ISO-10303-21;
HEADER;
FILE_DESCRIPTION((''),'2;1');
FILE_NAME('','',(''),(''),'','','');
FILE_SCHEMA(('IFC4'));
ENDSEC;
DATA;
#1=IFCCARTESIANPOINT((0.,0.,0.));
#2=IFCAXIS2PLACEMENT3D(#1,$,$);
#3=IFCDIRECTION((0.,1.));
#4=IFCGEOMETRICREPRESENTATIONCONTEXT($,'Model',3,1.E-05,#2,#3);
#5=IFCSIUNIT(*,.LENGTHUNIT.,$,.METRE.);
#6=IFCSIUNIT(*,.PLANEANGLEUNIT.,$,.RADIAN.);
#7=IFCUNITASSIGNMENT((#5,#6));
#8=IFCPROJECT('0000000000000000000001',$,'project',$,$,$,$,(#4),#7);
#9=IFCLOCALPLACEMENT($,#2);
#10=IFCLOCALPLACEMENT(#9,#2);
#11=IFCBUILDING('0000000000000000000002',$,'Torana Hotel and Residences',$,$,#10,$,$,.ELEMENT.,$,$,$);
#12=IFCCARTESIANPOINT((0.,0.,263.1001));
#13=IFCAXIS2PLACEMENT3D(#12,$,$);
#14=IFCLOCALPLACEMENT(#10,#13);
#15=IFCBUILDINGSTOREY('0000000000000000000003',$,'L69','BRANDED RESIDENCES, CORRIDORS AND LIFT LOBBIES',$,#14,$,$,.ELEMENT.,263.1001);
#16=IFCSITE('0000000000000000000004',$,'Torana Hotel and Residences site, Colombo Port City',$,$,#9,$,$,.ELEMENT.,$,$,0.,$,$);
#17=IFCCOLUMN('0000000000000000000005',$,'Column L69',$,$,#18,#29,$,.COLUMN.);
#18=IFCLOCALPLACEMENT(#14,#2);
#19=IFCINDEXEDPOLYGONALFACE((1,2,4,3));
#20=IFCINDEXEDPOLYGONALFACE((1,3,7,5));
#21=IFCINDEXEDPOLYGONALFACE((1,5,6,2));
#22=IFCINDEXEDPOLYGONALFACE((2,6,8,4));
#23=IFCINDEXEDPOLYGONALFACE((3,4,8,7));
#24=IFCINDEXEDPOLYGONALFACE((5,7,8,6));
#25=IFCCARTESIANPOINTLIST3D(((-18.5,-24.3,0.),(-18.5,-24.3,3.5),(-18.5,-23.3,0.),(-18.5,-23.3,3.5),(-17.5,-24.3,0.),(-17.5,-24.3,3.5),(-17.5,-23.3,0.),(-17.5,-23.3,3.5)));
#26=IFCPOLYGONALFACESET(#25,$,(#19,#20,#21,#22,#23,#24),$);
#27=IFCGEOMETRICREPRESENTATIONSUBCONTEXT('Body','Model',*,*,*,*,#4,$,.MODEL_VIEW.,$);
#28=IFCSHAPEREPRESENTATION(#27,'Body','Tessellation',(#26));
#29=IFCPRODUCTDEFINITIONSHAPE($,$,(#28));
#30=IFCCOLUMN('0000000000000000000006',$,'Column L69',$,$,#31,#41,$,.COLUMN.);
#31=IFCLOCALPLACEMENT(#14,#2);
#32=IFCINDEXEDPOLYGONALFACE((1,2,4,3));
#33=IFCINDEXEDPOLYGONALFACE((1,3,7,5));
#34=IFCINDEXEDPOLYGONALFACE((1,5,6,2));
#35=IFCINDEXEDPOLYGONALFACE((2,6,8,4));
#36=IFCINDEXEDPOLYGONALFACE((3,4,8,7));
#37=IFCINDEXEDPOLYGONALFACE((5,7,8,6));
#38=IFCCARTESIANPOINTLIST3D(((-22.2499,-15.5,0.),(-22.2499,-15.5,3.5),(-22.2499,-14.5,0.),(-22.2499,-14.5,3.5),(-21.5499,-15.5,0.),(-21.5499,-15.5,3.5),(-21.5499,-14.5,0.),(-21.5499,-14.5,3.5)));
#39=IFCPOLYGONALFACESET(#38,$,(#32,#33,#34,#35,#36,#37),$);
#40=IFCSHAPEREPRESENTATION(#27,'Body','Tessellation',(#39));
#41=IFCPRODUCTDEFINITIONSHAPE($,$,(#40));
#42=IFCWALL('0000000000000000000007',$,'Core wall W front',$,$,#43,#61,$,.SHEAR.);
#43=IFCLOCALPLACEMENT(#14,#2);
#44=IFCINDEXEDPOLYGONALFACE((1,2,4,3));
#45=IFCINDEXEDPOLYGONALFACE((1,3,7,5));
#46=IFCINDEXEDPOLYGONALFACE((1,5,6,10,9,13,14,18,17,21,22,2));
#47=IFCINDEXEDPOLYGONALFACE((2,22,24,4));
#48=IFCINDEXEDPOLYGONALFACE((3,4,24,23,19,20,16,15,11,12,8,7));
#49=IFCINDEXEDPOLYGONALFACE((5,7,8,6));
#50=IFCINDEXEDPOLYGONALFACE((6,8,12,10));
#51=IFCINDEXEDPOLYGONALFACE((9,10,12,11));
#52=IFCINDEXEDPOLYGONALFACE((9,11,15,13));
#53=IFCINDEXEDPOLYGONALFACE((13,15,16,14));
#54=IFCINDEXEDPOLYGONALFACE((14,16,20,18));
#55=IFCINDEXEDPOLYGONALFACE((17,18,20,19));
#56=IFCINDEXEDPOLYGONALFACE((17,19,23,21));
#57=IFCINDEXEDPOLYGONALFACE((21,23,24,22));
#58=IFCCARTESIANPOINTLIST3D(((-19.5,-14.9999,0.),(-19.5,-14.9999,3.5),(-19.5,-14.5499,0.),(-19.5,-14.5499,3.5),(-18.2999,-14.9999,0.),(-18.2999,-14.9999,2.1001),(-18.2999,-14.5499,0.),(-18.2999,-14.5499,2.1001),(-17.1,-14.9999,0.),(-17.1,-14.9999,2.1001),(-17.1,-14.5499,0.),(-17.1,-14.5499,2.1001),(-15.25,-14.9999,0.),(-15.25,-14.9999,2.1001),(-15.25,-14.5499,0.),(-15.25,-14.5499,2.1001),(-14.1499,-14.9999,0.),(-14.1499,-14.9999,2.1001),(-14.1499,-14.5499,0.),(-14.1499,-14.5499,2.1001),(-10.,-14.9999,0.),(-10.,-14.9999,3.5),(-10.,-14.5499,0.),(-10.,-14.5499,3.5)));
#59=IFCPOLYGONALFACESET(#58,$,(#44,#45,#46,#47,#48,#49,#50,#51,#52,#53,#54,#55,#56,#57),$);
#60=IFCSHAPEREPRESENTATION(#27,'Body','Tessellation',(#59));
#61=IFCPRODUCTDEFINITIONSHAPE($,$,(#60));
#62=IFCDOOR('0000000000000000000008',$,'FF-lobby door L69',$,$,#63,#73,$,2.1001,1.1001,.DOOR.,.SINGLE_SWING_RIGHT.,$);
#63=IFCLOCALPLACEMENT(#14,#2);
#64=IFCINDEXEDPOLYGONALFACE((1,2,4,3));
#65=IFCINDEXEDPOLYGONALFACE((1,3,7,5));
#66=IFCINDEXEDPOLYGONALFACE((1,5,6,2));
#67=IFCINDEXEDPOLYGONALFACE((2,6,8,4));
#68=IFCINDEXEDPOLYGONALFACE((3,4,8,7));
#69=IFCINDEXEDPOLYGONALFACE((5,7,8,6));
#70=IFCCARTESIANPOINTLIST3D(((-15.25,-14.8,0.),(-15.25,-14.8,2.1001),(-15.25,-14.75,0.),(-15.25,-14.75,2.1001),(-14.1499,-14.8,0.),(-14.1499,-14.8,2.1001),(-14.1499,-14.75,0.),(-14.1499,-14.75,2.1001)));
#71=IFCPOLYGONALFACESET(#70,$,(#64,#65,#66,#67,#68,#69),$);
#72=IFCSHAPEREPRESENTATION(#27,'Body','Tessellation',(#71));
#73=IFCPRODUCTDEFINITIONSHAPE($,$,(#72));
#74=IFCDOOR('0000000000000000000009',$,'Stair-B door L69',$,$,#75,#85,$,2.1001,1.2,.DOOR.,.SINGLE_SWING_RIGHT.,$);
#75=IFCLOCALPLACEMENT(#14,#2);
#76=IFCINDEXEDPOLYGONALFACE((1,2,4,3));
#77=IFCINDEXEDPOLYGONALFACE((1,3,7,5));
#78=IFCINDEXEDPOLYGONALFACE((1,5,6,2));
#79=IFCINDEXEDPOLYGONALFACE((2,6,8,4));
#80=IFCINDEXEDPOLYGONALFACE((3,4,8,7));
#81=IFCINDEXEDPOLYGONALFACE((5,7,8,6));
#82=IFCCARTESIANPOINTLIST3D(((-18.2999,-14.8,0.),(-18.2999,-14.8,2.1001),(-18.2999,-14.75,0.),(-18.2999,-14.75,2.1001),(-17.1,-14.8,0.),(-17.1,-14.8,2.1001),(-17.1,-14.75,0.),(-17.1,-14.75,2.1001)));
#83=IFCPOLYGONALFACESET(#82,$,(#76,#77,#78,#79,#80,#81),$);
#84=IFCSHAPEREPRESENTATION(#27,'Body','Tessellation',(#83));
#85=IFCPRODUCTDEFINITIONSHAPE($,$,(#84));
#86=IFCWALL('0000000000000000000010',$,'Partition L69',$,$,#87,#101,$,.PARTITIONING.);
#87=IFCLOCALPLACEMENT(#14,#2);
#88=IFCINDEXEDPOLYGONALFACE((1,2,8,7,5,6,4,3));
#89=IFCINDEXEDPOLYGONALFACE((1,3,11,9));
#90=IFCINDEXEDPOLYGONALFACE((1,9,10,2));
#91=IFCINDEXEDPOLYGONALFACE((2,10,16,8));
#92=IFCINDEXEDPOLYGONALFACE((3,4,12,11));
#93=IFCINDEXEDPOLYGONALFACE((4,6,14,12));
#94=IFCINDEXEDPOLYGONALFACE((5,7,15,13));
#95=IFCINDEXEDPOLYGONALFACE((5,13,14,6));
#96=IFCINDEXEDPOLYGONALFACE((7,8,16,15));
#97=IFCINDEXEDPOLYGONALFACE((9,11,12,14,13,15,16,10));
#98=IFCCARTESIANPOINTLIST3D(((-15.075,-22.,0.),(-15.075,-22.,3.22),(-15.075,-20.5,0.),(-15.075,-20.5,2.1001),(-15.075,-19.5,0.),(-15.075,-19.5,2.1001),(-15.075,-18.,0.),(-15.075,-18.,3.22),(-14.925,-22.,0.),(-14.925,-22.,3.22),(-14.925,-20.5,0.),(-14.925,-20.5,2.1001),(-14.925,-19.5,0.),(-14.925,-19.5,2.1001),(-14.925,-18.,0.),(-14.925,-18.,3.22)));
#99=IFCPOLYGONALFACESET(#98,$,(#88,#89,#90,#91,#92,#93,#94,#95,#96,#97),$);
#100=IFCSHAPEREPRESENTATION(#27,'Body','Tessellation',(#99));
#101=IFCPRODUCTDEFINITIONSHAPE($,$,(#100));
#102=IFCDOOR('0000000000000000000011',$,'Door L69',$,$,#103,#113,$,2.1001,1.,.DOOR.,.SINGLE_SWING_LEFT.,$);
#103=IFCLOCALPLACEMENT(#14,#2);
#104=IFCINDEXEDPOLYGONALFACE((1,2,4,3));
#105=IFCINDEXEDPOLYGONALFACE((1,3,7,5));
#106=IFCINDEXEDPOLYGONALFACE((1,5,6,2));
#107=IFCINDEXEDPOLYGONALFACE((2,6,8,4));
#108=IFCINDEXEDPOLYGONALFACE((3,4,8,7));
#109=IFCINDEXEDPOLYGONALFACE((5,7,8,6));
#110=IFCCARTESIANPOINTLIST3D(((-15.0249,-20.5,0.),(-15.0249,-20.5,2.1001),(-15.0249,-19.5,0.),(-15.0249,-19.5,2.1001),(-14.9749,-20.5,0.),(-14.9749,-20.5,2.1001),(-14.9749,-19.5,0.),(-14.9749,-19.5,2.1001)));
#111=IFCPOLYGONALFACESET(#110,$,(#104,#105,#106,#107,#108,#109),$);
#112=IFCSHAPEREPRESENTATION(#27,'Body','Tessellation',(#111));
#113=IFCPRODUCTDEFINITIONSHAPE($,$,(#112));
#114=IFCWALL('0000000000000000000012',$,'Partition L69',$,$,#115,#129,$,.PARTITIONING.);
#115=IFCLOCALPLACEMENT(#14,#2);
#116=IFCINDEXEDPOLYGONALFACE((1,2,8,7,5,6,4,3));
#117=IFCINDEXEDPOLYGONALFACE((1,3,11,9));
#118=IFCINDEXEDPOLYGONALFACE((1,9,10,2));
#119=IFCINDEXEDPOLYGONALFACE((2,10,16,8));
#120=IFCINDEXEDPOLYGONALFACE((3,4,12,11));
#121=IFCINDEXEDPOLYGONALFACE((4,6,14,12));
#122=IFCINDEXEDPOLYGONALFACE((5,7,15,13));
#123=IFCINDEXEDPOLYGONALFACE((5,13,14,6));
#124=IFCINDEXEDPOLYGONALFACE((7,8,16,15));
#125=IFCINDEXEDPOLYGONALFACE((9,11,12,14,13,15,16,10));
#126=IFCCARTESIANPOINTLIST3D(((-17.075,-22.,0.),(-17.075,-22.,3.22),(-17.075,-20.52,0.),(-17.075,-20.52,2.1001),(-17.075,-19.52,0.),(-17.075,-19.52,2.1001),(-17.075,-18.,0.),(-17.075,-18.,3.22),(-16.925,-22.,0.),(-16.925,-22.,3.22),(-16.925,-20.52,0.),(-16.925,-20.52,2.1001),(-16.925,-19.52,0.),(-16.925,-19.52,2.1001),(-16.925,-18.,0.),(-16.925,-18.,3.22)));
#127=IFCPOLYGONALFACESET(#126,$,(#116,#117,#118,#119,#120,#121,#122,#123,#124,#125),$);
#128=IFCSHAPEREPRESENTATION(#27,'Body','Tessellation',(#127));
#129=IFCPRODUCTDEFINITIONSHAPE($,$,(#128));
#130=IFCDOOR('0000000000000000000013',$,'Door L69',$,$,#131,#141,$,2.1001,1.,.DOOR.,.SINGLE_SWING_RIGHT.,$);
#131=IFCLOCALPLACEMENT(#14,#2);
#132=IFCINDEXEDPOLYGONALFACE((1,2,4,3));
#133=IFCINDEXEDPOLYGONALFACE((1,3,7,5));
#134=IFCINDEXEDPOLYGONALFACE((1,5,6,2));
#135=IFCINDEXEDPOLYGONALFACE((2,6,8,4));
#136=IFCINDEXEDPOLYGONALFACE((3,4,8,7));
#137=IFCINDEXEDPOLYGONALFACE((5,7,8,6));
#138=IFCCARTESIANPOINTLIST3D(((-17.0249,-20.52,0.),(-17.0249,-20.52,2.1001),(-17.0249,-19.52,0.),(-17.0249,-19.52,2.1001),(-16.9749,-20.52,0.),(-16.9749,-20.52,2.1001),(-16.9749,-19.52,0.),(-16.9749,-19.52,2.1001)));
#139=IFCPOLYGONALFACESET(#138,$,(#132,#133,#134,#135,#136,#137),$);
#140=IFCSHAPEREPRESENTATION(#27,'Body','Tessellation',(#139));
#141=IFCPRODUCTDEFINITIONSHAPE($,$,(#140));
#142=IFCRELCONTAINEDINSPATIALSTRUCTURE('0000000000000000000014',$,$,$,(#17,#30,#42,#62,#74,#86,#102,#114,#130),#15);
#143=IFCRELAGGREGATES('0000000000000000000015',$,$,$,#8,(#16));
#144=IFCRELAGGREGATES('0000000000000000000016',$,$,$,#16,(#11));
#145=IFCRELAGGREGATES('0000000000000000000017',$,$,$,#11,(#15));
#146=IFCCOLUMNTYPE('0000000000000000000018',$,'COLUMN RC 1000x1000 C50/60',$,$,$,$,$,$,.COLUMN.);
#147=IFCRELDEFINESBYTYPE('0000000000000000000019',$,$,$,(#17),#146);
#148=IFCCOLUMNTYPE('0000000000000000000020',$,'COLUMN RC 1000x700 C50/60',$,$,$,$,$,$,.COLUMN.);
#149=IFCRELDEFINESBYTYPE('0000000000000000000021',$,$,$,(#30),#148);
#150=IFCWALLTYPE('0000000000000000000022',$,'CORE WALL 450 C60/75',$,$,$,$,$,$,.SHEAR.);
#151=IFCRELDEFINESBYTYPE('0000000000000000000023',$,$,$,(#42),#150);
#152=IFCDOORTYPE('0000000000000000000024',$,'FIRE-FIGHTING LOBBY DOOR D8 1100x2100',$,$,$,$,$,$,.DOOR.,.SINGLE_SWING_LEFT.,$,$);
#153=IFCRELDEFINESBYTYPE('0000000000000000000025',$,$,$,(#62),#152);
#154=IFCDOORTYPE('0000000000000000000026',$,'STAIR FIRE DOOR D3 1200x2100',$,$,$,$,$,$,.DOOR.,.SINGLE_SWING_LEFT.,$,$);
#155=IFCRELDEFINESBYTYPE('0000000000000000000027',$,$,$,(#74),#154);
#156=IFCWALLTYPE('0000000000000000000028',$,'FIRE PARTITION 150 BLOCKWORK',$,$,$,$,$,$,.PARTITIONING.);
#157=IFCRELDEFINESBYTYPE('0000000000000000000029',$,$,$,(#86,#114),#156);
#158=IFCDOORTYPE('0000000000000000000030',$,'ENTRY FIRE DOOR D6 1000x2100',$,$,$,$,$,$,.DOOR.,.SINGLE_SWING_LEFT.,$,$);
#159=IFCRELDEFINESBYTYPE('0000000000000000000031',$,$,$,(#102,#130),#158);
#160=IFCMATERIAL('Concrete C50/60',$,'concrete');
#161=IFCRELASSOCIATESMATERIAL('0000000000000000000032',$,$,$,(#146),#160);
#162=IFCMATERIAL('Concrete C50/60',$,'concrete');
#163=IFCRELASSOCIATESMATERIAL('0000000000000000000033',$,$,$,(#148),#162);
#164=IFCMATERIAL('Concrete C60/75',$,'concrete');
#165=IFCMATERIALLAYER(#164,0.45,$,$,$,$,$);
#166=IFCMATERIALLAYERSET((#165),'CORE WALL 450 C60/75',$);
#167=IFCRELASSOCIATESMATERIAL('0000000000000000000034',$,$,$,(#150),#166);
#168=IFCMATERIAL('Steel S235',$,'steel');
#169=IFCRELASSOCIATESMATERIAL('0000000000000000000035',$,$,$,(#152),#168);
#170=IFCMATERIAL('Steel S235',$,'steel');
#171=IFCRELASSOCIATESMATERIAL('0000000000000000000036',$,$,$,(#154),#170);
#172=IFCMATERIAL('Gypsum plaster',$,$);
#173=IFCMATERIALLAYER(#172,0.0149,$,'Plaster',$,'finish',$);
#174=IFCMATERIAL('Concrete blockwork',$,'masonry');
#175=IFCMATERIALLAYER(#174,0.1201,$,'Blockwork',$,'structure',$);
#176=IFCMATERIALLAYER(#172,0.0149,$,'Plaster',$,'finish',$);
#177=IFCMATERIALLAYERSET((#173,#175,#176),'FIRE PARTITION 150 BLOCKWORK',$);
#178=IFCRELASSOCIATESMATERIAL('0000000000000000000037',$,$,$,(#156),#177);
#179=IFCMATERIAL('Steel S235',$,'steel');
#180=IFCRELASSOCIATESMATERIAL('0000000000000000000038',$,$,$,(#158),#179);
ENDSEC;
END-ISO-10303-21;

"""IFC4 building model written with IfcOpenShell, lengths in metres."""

from ifc_helpers import new_model, si_unit, direction, frame, frame_2d, origin, origin_2d, place, context, subcontext, project, spatial, rectangle, extrude, material, layer, layer_set, material_profile, profile_set, type_object, element, fill, save


model = new_model("IFC4")

# Units and contexts
model_context = context("Model", 3, precision=1e-05, world=origin(), true_north=direction((0.0, 1.0)))
body_context = subcontext(model_context, "Body", "Model", "MODEL_VIEW")
ifc_project = project(units=[si_unit("LENGTHUNIT", "METRE"), si_unit("PLANEANGLEUNIT", "RADIAN")], contexts=[model_context])

# Site, building, storey
site_placement = place(None, origin())
site = spatial("IfcSite", under=ifc_project, at=site_placement, Name="Torana Hotel and Residences site, Colombo Port City", CompositionType="ELEMENT", RefElevation=0.0)
building_placement = place(site_placement, origin())
building = spatial("IfcBuilding", under=site, at=building_placement, Name="Torana Hotel and Residences", CompositionType="ELEMENT")
storey_placement = place(building_placement, frame((0.0, 0.0, 263.1001)))
storey = spatial("IfcBuildingStorey", under=building, at=storey_placement, Name="L69", Description="BRANDED RESIDENCES, CORRIDORS AND LIFT LOBBIES", CompositionType="ELEMENT", Elevation=263.1001)

# Columns
ifc_material_1 = material(Name="Concrete C50/60", Category="concrete")
ifc_material_profile_1 = material_profile(ifc_material_1, rectangle(XDim=1.0, YDim=1.0, at=origin_2d()), Name="RC 1000x1000")
ifc_profile_set_1 = profile_set([ifc_material_profile_1], Name="Concrete C50/60")
column_type_1 = type_object("IfcColumnType", Name="COLUMN RC 1000x1000 C50/60", PredefinedType="COLUMN", material=ifc_profile_set_1)
column_1_placement = place(storey_placement, frame((-18.0, -23.8, 0.0), z_axis=(0.0, 0.0, 1.0), x_axis=(1.0, 0.0, 0.0)))
element("IfcColumn", 1, at=column_1_placement, inside=storey, type_object=column_type_1, Name="Column L69", PredefinedType="COLUMN", context=body_context, shape_type="SweptSolid", body=[
    extrude(rectangle(XDim=1.0, YDim=1.0, at=origin_2d()), origin(), (0.0, 0.0, 1.0), 3.5),
])
ifc_material_2 = material(Name="Concrete C50/60", Category="concrete")
ifc_material_profile_2 = material_profile(ifc_material_2, rectangle(XDim=1.0, YDim=0.7, at=origin_2d()), Name="RC 1000x700")
ifc_profile_set_2 = profile_set([ifc_material_profile_2], Name="Concrete C50/60")
column_type_2 = type_object("IfcColumnType", Name="COLUMN RC 1000x700 C50/60", PredefinedType="COLUMN", material=ifc_profile_set_2)
column_2_placement = place(storey_placement, frame((-21.8999, -15.0, 0.0), z_axis=(0.0, 0.0, 1.0), x_axis=(0.0, 1.0, 0.0)))
element("IfcColumn", 2, at=column_2_placement, inside=storey, type_object=column_type_2, Name="Column L69", PredefinedType="COLUMN", context=body_context, shape_type="SweptSolid", body=[
    extrude(rectangle(XDim=1.0, YDim=0.7, at=origin_2d()), origin(), (0.0, 0.0, 1.0), 3.5),
])

# Wall, openings, doors
ifc_material_3 = material(Name="Concrete C60/75", Category="concrete")
ifc_layer_1 = layer(ifc_material_3, 0.45)
ifc_layer_set_1 = layer_set([ifc_layer_1], Name="CORE WALL 450 C60/75")
wall_type_1 = type_object("IfcWallType", Name="CORE WALL 450 C60/75", PredefinedType="SHEAR", material=ifc_layer_set_1)
wall_1_placement = place(storey_placement, frame((-19.5, -14.7749, 0.0), z_axis=(0.0, 0.0, 1.0), x_axis=(1.0, 0.0, 0.0)))
wall_1 = element("IfcWall", 3, at=wall_1_placement, inside=storey, type_object=wall_type_1, Name="Core wall W front", PredefinedType="SHEAR", context=body_context, shape_type="SweptSolid", body=[
    extrude(rectangle(XDim=9.5, YDim=0.45, at=frame_2d((4.75, 0.0))), origin(), (0.0, 0.0, 1.0), 3.5),
])
opening_1_placement = place(wall_1_placement, frame((1.2, 0.0, 0.0)))
opening_1 = element("IfcOpeningElement", 4, at=opening_1_placement, cuts=wall_1, PredefinedType="OPENING", context=body_context, shape_type="SweptSolid", body=[
    extrude(rectangle(XDim=1.2, YDim=2.1001, at=frame_2d((0.6001, 1.05))), frame((0.0, 0.2349, 0.0), z_axis=(0.0, -1.0, 0.0), x_axis=(1.0, 0.0, 0.0)), (0.0, 0.0, 1.0), 0.47),
])
opening_2_placement = place(wall_1_placement, frame((4.25, 0.0, 0.0)))
opening_2 = element("IfcOpeningElement", 5, at=opening_2_placement, cuts=wall_1, PredefinedType="OPENING", context=body_context, shape_type="SweptSolid", body=[
    extrude(rectangle(XDim=1.1001, YDim=2.1001, at=frame_2d((0.55, 1.05))), frame((0.0, 0.2349, 0.0), z_axis=(0.0, -1.0, 0.0), x_axis=(1.0, 0.0, 0.0)), (0.0, 0.0, 1.0), 0.47),
])
ifc_material_4 = material(Name="Steel S235", Category="steel")
door_type_1 = type_object("IfcDoorType", Name="FIRE-FIGHTING LOBBY DOOR D8 1100x2100", OperationType="SINGLE_SWING_LEFT", PredefinedType="DOOR", material=ifc_material_4)
door_1_placement = place(opening_2_placement, origin())
door_1 = element("IfcDoor", 6, at=door_1_placement, inside=storey, type_object=door_type_1, Name="FF-lobby door L69", OperationType="SINGLE_SWING_RIGHT", OverallHeight=2.1001, OverallWidth=1.1001, PredefinedType="DOOR", context=body_context, shape_type="SweptSolid", body=[
    extrude(rectangle(XDim=1.1001, YDim=2.1001, at=frame_2d((0.55, 1.05))), frame((0.0, 0.0249, 0.0), z_axis=(0.0, -1.0, 0.0), x_axis=(1.0, 0.0, 0.0)), (0.0, 0.0, 1.0), 0.05),
])
fill(opening_2, door_1)
ifc_material_5 = material(Name="Steel S235", Category="steel")
door_type_2 = type_object("IfcDoorType", Name="STAIR FIRE DOOR D3 1200x2100", OperationType="SINGLE_SWING_LEFT", PredefinedType="DOOR", material=ifc_material_5)
door_2_placement = place(opening_1_placement, origin())
door_2 = element("IfcDoor", 7, at=door_2_placement, inside=storey, type_object=door_type_2, Name="Stair-B door L69", OperationType="SINGLE_SWING_RIGHT", OverallHeight=2.1001, OverallWidth=1.2, PredefinedType="DOOR", context=body_context, shape_type="SweptSolid", body=[
    extrude(rectangle(XDim=1.2, YDim=2.1001, at=frame_2d((0.6001, 1.05))), frame((0.0, 0.0249, 0.0), z_axis=(0.0, -1.0, 0.0), x_axis=(1.0, 0.0, 0.0)), (0.0, 0.0, 1.0), 0.05),
])
fill(opening_1, door_2)

# Walls, openings, doors
ifc_material_6 = material(Name="Gypsum plaster")
ifc_layer_2 = layer(ifc_material_6, 0.0149, Name="Plaster", Category="finish")
ifc_material_7 = material(Name="Concrete blockwork", Category="masonry")
ifc_layer_3 = layer(ifc_material_7, 0.1201, Name="Blockwork", Category="structure")
ifc_layer_4 = layer(ifc_material_6, 0.0149, Name="Plaster", Category="finish")
ifc_layer_set_2 = layer_set([ifc_layer_2, ifc_layer_3, ifc_layer_4], Name="FIRE PARTITION 150 BLOCKWORK")
wall_type_2 = type_object("IfcWallType", Name="FIRE PARTITION 150 BLOCKWORK", PredefinedType="PARTITIONING", material=ifc_layer_set_2)
wall_2_placement = place(storey_placement, frame((-15.0, -22.0, 0.0), z_axis=(0.0, 0.0, 1.0), x_axis=(0.0, 1.0, 0.0)))
wall_2 = element("IfcWall", 8, at=wall_2_placement, inside=storey, type_object=wall_type_2, Name="Partition L69", PredefinedType="PARTITIONING", context=body_context, shape_type="SweptSolid", body=[
    extrude(rectangle(XDim=4.0, YDim=0.1499, at=frame_2d((2.0, 0.0))), origin(), (0.0, 0.0, 1.0), 3.22),
])
opening_3_placement = place(wall_2_placement, frame((1.5, 0.0, 0.0)))
opening_3 = element("IfcOpeningElement", 9, at=opening_3_placement, cuts=wall_2, PredefinedType="OPENING", context=body_context, shape_type="SweptSolid", body=[
    extrude(rectangle(XDim=1.0, YDim=2.1001, at=frame_2d((0.5, 1.05))), frame((0.0, 0.085, 0.0), z_axis=(0.0, -1.0, 0.0), x_axis=(1.0, 0.0, 0.0)), (0.0, 0.0, 1.0), 0.1699),
])
ifc_material_8 = material(Name="Steel S235", Category="steel")
door_type_3 = type_object("IfcDoorType", Name="ENTRY FIRE DOOR D6 1000x2100", OperationType="SINGLE_SWING_LEFT", PredefinedType="DOOR", material=ifc_material_8)
door_3_placement = place(opening_3_placement, frame((0.5, 0.0, 0.0), z_axis=(0.0, 0.0, 1.0), x_axis=(-1.0, 0.0, 0.0)))
door_3 = element("IfcDoor", 10, at=door_3_placement, inside=storey, type_object=door_type_3, Name="Door L69", OperationType="SINGLE_SWING_LEFT", OverallHeight=2.1001, OverallWidth=1.0, PredefinedType="DOOR", context=body_context, shape_type="SweptSolid", body=[
    extrude(rectangle(XDim=1.0, YDim=2.1001, at=frame_2d((0.0, 1.05))), frame((0.0, -0.0249, 0.0), z_axis=(0.0, 1.0, 0.0), x_axis=(-1.0, 0.0, 0.0)), (0.0, 0.0, 1.0), 0.05),
])
fill(opening_3, door_3)
wall_3_placement = place(storey_placement, frame((-17.0, -22.0, 0.0), z_axis=(0.0, 0.0, 1.0), x_axis=(0.0, 1.0, 0.0)))
wall_3 = element("IfcWall", 11, at=wall_3_placement, inside=storey, type_object=wall_type_2, Name="Partition L69", PredefinedType="PARTITIONING", context=body_context, shape_type="SweptSolid", body=[
    extrude(rectangle(XDim=4.0, YDim=0.1499, at=frame_2d((2.0, 0.0))), origin(), (0.0, 0.0, 1.0), 3.22),
])
opening_4_placement = place(wall_3_placement, frame((1.48, 0.0, 0.0)))
opening_4 = element("IfcOpeningElement", 12, at=opening_4_placement, cuts=wall_3, PredefinedType="OPENING", context=body_context, shape_type="SweptSolid", body=[
    extrude(rectangle(XDim=1.0, YDim=2.1001, at=frame_2d((0.5, 1.05))), frame((0.0, 0.085, 0.0), z_axis=(0.0, -1.0, 0.0), x_axis=(1.0, 0.0, 0.0)), (0.0, 0.0, 1.0), 0.1699),
])
door_4_placement = place(opening_4_placement, origin())
door_4 = element("IfcDoor", 13, at=door_4_placement, inside=storey, type_object=door_type_3, Name="Door L69", OperationType="SINGLE_SWING_RIGHT", OverallHeight=2.1001, OverallWidth=1.0, PredefinedType="DOOR", context=body_context, shape_type="SweptSolid", body=[
    extrude(rectangle(XDim=1.0, YDim=2.1001, at=frame_2d((0.5, 1.05))), frame((0.0, 0.0249, 0.0), z_axis=(0.0, -1.0, 0.0), x_axis=(1.0, 0.0, 0.0)), (0.0, 0.0, 1.0), 0.05),
])
fill(opening_4, door_4)

save(model, "model.ifc")
